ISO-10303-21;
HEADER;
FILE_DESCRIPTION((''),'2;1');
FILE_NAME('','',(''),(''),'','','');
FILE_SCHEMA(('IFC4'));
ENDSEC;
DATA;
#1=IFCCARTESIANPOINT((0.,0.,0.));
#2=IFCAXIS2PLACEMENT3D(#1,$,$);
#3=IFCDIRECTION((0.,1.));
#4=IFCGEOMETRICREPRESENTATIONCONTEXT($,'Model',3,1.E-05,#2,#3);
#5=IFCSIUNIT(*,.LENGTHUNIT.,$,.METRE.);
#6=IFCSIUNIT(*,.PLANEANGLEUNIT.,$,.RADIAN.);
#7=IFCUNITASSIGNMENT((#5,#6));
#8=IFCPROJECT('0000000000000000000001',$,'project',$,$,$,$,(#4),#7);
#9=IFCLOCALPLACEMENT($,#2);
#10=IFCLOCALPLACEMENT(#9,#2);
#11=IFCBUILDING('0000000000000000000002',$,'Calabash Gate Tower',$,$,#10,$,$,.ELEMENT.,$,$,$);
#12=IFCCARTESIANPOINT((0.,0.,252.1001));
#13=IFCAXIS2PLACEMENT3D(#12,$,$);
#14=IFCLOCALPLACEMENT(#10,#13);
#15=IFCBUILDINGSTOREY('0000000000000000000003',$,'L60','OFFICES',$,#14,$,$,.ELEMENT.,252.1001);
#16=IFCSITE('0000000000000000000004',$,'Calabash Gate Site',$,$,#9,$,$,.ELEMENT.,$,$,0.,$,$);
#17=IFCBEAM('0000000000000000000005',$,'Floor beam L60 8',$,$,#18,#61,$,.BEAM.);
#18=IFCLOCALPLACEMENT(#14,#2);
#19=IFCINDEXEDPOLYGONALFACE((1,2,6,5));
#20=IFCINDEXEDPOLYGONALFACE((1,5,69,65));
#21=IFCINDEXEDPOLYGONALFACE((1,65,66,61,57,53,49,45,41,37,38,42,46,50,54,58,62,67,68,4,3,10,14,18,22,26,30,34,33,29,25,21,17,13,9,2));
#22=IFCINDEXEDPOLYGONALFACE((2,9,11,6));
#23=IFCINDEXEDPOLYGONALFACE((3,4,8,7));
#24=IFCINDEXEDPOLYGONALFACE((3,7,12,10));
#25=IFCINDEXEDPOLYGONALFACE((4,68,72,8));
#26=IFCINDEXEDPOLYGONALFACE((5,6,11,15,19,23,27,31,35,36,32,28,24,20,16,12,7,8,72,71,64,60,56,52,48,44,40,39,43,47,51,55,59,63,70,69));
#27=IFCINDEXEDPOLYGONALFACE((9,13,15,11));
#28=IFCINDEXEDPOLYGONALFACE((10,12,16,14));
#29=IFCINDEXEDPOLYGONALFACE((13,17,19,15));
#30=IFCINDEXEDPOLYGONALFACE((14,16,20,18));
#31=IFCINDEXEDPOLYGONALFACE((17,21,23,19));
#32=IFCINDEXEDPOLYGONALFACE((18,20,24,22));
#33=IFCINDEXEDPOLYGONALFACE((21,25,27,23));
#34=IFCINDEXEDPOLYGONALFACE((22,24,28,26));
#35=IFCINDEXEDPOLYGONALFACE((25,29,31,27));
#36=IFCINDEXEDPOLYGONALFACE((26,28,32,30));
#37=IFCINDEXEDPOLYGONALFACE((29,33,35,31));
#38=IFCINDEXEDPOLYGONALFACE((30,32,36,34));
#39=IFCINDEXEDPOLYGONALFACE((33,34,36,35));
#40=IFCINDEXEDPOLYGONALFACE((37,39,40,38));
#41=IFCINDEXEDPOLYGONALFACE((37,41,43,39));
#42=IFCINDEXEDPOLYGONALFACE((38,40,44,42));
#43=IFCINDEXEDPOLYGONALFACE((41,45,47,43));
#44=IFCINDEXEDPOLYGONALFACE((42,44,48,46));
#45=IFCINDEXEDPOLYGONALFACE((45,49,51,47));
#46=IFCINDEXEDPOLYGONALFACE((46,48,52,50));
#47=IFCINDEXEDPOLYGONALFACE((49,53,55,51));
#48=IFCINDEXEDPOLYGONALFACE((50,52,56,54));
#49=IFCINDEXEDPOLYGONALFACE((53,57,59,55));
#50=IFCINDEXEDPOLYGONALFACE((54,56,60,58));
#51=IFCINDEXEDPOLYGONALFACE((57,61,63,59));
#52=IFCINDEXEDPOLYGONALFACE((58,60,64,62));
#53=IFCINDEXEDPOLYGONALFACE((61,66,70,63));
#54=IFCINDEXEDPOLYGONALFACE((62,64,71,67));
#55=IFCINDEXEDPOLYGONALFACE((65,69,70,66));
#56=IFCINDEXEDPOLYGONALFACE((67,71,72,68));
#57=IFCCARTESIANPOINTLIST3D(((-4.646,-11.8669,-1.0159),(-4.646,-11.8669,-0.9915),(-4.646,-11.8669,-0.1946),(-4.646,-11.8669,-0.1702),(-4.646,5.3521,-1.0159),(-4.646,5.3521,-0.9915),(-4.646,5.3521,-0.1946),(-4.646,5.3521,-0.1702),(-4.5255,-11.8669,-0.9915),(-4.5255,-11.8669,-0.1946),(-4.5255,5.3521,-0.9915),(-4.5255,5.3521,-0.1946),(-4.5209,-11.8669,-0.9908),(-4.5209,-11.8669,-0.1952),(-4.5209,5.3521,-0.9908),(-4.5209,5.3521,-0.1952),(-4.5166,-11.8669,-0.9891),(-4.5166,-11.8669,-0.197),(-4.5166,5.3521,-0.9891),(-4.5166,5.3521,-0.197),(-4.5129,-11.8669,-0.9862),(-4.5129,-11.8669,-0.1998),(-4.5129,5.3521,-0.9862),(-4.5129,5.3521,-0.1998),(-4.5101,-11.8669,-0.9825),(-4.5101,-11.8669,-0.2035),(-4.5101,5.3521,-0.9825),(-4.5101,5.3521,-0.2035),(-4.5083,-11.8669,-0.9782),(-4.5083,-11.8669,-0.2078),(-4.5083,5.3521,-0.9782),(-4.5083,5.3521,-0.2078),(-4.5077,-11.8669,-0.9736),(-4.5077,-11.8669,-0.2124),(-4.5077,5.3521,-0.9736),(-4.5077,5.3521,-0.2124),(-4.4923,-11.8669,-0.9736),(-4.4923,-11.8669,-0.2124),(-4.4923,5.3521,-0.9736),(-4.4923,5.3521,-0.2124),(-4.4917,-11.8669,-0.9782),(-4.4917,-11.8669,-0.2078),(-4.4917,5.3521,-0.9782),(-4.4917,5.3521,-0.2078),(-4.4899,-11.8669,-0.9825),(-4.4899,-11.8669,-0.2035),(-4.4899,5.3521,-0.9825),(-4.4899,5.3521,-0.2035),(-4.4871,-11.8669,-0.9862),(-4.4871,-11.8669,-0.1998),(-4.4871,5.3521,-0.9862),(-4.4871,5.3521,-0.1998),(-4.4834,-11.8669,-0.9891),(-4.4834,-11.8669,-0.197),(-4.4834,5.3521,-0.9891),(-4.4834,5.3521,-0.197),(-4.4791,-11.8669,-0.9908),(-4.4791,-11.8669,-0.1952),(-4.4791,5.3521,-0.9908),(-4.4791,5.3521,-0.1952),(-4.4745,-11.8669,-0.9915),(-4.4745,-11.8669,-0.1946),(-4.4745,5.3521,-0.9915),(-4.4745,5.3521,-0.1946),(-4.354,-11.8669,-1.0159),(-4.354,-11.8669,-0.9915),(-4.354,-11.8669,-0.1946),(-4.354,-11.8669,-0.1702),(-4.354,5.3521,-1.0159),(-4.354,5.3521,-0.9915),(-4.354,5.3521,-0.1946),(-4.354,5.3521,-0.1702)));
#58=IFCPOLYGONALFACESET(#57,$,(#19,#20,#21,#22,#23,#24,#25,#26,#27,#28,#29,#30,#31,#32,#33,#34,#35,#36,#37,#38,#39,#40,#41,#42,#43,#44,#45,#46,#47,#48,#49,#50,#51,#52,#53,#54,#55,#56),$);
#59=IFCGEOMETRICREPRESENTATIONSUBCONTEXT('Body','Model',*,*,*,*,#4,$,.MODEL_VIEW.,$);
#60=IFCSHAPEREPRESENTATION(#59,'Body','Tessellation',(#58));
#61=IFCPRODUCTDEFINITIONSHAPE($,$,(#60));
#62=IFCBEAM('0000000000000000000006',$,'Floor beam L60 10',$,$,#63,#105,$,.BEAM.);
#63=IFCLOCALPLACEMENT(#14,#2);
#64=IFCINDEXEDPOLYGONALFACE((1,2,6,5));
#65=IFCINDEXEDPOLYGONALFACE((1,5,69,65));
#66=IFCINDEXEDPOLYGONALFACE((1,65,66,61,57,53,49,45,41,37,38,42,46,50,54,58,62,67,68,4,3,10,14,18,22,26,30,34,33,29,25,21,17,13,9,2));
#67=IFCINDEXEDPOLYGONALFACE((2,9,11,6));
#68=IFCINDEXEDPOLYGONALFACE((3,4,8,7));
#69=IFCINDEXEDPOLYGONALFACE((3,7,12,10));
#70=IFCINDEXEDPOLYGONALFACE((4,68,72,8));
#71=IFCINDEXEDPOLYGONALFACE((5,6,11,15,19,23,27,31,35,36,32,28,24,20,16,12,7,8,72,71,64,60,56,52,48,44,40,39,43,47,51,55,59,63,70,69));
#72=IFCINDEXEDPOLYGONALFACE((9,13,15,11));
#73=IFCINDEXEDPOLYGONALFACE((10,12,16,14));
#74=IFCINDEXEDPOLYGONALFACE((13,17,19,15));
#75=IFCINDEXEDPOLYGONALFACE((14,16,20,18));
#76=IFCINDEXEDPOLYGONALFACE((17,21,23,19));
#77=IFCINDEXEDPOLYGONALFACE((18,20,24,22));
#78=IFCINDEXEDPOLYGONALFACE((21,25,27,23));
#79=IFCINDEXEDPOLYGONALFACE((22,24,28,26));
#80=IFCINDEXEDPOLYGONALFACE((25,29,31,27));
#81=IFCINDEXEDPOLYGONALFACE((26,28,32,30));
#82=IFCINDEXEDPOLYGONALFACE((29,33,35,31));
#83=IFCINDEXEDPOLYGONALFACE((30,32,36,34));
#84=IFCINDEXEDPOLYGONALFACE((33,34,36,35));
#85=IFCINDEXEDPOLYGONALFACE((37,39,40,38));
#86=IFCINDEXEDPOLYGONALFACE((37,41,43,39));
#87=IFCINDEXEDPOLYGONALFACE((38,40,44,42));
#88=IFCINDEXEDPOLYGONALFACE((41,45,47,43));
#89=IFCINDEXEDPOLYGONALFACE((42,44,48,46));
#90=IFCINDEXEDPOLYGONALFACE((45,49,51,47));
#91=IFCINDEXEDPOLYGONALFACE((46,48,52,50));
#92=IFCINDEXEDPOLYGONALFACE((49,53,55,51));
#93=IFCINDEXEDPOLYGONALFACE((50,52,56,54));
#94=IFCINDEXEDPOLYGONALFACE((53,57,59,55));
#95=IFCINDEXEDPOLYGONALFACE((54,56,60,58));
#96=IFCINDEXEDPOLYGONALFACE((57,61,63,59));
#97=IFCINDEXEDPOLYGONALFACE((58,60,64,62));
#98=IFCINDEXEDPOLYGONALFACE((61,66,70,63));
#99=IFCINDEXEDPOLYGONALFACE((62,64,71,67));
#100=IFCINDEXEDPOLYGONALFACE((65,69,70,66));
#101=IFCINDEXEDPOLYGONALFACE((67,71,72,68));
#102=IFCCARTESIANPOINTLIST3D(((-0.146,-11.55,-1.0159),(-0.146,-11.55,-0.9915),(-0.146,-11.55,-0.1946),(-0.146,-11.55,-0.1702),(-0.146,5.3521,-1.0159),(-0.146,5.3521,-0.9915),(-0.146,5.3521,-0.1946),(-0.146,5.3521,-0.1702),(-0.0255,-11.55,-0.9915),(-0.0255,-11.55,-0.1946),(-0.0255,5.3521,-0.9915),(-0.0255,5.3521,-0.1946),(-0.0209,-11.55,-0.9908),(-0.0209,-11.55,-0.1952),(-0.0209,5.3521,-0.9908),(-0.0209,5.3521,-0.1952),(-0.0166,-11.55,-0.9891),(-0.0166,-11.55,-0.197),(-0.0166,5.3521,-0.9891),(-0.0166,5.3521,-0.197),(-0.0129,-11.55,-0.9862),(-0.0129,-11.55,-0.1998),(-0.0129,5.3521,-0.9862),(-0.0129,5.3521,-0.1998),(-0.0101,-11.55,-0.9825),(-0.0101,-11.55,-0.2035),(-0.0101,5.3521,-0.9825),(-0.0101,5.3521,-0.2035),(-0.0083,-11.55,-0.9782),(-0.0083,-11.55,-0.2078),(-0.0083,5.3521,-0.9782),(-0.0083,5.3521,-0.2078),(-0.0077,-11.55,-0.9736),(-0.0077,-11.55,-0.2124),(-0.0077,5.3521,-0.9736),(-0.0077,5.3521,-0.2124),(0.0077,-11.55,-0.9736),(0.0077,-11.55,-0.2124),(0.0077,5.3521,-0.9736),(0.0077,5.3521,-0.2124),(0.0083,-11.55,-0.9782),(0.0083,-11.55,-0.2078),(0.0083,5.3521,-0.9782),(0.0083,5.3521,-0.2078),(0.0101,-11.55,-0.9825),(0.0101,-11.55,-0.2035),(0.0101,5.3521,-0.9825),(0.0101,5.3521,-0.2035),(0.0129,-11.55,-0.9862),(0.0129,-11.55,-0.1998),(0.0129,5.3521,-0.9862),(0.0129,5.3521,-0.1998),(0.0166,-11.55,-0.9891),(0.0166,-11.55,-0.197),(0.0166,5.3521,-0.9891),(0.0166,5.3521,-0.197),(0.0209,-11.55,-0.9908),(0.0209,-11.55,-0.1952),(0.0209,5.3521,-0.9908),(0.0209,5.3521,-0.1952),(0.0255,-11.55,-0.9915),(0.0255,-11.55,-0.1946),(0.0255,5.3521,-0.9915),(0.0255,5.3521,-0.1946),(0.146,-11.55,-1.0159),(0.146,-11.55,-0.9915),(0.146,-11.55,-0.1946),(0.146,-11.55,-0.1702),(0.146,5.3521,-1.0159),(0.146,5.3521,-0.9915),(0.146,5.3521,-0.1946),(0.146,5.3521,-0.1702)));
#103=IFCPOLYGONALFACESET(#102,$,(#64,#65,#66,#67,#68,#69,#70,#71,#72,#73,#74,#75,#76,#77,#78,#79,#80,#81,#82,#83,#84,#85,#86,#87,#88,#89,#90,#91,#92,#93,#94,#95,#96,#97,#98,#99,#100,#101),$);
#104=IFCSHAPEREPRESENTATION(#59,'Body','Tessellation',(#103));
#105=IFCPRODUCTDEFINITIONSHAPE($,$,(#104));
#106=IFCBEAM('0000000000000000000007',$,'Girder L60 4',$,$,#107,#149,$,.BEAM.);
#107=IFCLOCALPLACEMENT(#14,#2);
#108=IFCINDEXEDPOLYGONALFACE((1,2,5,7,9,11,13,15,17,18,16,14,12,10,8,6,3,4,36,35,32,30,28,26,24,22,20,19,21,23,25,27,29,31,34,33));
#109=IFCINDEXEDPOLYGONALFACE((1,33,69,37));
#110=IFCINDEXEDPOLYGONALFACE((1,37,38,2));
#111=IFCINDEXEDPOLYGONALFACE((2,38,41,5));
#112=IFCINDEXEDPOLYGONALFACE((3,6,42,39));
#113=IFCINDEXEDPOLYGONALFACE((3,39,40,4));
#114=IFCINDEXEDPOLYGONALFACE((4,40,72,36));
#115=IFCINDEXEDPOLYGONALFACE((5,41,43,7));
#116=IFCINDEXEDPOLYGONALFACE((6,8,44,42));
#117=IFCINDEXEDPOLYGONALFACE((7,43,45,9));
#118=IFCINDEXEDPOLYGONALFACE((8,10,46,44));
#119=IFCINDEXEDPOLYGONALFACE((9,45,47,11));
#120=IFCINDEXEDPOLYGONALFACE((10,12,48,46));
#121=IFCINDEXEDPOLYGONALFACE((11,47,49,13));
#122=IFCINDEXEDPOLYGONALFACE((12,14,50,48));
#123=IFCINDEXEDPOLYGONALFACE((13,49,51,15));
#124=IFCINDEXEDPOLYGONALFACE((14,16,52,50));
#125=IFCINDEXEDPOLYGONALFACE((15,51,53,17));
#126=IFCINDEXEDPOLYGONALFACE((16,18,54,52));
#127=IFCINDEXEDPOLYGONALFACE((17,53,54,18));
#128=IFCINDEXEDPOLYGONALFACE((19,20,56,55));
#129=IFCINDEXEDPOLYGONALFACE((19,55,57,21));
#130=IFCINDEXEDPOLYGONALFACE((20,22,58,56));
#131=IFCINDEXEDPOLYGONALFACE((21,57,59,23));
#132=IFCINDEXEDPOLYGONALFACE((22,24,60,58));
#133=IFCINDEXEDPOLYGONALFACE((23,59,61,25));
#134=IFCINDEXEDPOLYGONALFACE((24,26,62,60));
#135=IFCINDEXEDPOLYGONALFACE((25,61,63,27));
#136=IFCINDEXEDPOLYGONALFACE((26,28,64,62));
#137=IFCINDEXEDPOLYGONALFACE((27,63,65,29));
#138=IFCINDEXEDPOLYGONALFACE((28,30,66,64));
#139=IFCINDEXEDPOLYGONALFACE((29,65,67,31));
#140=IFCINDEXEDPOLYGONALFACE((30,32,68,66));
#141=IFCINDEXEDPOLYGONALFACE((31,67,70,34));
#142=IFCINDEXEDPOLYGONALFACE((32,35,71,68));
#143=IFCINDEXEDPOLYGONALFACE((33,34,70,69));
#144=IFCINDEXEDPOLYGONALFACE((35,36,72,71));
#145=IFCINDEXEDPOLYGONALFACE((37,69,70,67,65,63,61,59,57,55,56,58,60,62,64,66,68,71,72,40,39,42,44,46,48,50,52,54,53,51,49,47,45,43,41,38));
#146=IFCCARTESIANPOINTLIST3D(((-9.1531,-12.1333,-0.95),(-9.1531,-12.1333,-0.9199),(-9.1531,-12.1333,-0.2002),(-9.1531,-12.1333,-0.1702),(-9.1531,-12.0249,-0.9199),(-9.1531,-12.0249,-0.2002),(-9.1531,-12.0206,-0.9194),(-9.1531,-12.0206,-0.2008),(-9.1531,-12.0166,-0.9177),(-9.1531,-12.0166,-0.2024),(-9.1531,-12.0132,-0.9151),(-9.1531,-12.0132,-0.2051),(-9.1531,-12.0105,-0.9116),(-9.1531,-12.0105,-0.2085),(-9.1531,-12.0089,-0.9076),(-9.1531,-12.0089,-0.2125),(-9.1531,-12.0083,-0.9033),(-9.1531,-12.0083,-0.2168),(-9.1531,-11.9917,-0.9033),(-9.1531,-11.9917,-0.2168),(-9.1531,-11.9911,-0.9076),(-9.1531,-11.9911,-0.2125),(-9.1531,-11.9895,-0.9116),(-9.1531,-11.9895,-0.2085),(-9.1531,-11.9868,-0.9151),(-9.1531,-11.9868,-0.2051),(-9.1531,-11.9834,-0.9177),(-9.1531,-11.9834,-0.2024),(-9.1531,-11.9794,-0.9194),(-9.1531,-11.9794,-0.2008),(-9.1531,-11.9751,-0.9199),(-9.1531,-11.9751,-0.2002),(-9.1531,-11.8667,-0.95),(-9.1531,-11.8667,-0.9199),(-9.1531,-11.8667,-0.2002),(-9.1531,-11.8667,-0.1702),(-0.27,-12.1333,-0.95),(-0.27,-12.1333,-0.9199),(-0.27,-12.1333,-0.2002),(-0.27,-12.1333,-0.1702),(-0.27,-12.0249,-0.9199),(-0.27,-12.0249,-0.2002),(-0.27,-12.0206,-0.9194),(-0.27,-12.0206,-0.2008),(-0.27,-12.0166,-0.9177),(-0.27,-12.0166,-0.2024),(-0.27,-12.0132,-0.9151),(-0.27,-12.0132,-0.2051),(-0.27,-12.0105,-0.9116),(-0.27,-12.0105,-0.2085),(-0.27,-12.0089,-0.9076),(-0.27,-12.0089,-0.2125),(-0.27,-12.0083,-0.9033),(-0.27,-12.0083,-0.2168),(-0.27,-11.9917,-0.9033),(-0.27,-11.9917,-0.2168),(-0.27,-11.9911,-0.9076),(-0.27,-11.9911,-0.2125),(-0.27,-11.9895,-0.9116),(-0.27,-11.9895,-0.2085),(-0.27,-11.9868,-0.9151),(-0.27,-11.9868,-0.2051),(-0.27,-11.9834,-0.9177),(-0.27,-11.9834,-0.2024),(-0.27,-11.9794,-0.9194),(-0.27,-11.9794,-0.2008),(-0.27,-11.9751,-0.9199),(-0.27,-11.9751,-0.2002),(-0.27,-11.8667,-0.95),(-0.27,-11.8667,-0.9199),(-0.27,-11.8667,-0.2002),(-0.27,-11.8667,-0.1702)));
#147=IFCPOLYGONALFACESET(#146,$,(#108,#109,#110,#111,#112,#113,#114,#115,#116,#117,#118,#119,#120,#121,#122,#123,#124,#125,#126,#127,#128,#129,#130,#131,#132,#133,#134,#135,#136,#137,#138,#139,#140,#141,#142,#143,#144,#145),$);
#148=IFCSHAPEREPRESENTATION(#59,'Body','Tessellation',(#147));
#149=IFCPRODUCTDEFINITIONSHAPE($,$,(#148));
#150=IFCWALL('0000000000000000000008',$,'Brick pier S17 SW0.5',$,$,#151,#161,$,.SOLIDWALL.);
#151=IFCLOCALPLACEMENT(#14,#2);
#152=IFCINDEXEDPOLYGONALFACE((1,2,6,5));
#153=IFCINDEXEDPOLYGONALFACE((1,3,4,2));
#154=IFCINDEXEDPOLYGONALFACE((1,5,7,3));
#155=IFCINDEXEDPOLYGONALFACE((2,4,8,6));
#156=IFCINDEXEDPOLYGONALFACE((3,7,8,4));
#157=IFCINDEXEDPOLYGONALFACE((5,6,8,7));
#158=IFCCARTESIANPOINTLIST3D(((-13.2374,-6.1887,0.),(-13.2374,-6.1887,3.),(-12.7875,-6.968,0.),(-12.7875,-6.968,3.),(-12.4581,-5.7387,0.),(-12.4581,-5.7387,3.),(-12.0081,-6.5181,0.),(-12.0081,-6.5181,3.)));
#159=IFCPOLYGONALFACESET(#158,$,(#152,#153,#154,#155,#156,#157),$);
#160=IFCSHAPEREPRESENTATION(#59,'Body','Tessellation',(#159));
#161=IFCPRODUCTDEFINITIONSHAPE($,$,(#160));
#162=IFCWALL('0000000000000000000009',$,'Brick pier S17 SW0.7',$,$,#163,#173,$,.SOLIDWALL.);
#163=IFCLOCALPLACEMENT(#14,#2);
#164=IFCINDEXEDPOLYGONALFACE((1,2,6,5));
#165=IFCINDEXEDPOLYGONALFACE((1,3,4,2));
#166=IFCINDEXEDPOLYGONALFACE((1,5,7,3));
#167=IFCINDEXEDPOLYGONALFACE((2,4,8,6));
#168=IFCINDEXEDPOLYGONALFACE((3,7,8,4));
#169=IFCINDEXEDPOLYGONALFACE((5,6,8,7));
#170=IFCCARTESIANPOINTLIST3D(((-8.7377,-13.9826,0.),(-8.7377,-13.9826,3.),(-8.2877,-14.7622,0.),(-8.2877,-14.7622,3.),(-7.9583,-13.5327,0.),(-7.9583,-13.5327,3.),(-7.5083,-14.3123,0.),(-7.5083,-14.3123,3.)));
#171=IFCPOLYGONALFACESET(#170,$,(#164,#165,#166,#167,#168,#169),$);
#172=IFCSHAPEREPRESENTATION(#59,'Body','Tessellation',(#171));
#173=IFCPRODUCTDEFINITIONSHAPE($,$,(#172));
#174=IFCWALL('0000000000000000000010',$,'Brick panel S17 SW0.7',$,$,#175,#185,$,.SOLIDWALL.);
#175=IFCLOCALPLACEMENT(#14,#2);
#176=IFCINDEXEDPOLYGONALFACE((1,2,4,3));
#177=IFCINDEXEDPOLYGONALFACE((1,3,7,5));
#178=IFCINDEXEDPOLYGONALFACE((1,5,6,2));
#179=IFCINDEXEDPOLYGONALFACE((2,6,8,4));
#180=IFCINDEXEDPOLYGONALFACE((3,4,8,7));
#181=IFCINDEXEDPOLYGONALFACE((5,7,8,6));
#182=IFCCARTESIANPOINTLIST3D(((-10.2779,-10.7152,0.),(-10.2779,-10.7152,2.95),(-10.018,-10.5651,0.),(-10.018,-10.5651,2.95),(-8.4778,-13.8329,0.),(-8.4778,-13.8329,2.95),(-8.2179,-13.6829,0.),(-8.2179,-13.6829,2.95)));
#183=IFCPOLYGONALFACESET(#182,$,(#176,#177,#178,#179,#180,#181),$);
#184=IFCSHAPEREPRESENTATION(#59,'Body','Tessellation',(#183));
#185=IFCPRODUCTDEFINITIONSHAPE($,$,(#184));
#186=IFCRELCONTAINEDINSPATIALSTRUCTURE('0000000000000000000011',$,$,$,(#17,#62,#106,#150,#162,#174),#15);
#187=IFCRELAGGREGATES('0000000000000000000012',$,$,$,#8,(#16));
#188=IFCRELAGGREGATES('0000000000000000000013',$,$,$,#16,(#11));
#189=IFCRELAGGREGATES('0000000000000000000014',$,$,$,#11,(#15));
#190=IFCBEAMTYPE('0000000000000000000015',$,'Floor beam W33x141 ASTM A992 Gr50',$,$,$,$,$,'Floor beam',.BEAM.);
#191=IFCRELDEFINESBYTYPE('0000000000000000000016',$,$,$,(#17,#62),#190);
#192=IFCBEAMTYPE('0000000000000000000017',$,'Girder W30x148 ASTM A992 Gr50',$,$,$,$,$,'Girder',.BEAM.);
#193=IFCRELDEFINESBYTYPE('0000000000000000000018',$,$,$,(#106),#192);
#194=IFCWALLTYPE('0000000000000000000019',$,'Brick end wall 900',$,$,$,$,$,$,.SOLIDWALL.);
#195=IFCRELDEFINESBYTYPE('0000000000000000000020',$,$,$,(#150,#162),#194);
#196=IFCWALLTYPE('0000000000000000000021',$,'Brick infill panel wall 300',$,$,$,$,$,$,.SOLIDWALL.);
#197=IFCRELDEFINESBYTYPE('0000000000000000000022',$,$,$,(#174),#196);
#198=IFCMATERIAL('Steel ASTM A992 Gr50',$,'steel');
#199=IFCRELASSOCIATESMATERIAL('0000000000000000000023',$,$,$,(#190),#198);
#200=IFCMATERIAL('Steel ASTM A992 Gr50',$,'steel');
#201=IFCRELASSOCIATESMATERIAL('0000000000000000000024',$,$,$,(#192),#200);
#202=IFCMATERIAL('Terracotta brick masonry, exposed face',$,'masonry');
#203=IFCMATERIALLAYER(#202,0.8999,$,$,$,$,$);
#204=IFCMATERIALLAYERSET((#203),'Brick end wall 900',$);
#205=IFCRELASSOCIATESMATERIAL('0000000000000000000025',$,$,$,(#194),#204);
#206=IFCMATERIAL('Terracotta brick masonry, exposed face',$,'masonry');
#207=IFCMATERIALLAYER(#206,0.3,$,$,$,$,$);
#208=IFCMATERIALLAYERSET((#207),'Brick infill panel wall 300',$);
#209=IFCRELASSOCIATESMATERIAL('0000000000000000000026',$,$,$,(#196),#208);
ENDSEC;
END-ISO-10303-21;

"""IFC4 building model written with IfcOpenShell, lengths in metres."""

from ifc_helpers import new_model, si_unit, direction, frame, frame_2d, origin, origin_2d, place, context, subcontext, project, spatial, rectangle, i_section, extrude, material, layer, layer_set, material_profile, profile_set, type_object, element, save


model = new_model("IFC4")

# Units and contexts
model_context = context("Model", 3, precision=1e-05, world=origin(), true_north=direction((0.0, 1.0)))
body_context = subcontext(model_context, "Body", "Model", "MODEL_VIEW")
ifc_project = project(units=[si_unit("LENGTHUNIT", "METRE"), si_unit("PLANEANGLEUNIT", "RADIAN")], contexts=[model_context])

# Site, building, storey
site_placement = place(None, origin())
site = spatial("IfcSite", under=ifc_project, at=site_placement, Name="Calabash Gate Site", CompositionType="ELEMENT", RefElevation=0.0)
building_placement = place(site_placement, origin())
building = spatial("IfcBuilding", under=site, at=building_placement, Name="Calabash Gate Tower", CompositionType="ELEMENT")
storey_placement = place(building_placement, frame((0.0, 0.0, 252.1001)))
storey = spatial("IfcBuildingStorey", under=building, at=storey_placement, Name="L60", Description="OFFICES", CompositionType="ELEMENT", Elevation=252.1001)

# Beams
ifc_material_1 = material(Name="Steel ASTM A992 Gr50", Category="steel")
ifc_material_profile_1 = material_profile(ifc_material_1, i_section(OverallWidth=0.292, OverallDepth=0.8457, WebThickness=0.0154, FlangeThickness=0.0244, FilletRadius=0.0178, at=origin_2d()))
ifc_profile_set_1 = profile_set([ifc_material_profile_1], Name="Steel ASTM A992 Gr50")
beam_type_1 = type_object("IfcBeamType", Name="Floor beam W33x141 ASTM A992 Gr50", ElementType="Floor beam", PredefinedType="BEAM", material=ifc_profile_set_1)
beam_1_placement = place(storey_placement, frame((-4.5, -11.8669, -0.593), z_axis=(0.0, 1.0, 0.0), x_axis=(-1.0, 0.0, 0.0)))
element("IfcBeam", 1, at=beam_1_placement, inside=storey, type_object=beam_type_1, Name="Floor beam L60 8", PredefinedType="BEAM", context=body_context, shape_type="SweptSolid", body=[
    extrude(i_section(OverallWidth=0.292, OverallDepth=0.8457, WebThickness=0.0154, FlangeThickness=0.0244, FilletRadius=0.0178, at=origin_2d()), origin(), (0.0, 0.0, 1.0), 17.219),
])
beam_2_placement = place(storey_placement, frame((0.0, -11.55, -0.593), z_axis=(0.0, 1.0, 0.0), x_axis=(-1.0, 0.0, 0.0)))
element("IfcBeam", 2, at=beam_2_placement, inside=storey, type_object=beam_type_1, Name="Floor beam L60 10", PredefinedType="BEAM", context=body_context, shape_type="SweptSolid", body=[
    extrude(i_section(OverallWidth=0.292, OverallDepth=0.8457, WebThickness=0.0154, FlangeThickness=0.0244, FilletRadius=0.0178, at=origin_2d()), origin(), (0.0, 0.0, 1.0), 16.9021),
])
ifc_material_2 = material(Name="Steel ASTM A992 Gr50", Category="steel")
ifc_material_profile_2 = material_profile(ifc_material_2, i_section(OverallWidth=0.2666, OverallDepth=0.7798, WebThickness=0.0166, FlangeThickness=0.03, FilletRadius=0.0166, at=origin_2d()))
ifc_profile_set_2 = profile_set([ifc_material_profile_2], Name="Steel ASTM A992 Gr50")
beam_type_2 = type_object("IfcBeamType", Name="Girder W30x148 ASTM A992 Gr50", ElementType="Girder", PredefinedType="BEAM", material=ifc_profile_set_2)
beam_3_placement = place(storey_placement, frame((-9.1531, -12.0, -0.5601), z_axis=(1.0, 0.0, 0.0), x_axis=(0.0, 1.0, 0.0)))
element("IfcBeam", 3, at=beam_3_placement, inside=storey, type_object=beam_type_2, Name="Girder L60 4", PredefinedType="BEAM", context=body_context, shape_type="SweptSolid", body=[
    extrude(i_section(OverallWidth=0.2666, OverallDepth=0.7798, WebThickness=0.0166, FlangeThickness=0.03, FilletRadius=0.0166, at=origin_2d()), origin(), (0.0, 0.0, 1.0), 8.8831),
])

# Walls
ifc_material_3 = material(Name="Terracotta brick masonry, exposed face", Category="masonry")
ifc_layer_1 = layer(ifc_material_3, 0.8999)
ifc_layer_set_1 = layer_set([ifc_layer_1], Name="Brick end wall 900")
wall_type_1 = type_object("IfcWallType", Name="Brick end wall 900", PredefinedType="SOLIDWALL", material=ifc_layer_set_1)
wall_1_placement = place(storey_placement, frame((-13.0125, -6.5784, 0.0), z_axis=(0.0, 0.0, 1.0), x_axis=(0.866014, 0.50002, 0.0)))
element("IfcWall", 4, at=wall_1_placement, inside=storey, type_object=wall_type_1, Name="Brick pier S17 SW0.5", PredefinedType="SOLIDWALL", context=body_context, shape_type="SweptSolid", body=[
    extrude(rectangle(XDim=0.8999, YDim=0.8999, at=frame_2d((0.45, 0.0))), origin(), (0.0, 0.0, 1.0), 3.0),
])
wall_2_placement = place(storey_placement, frame((-7.8979, -14.5374, 0.0), z_axis=(0.0, 0.0, 1.0), x_axis=(-0.499902, 0.866082, 0.0)))
element("IfcWall", 5, at=wall_2_placement, inside=storey, type_object=wall_type_1, Name="Brick pier S17 SW0.7", PredefinedType="SOLIDWALL", context=body_context, shape_type="SweptSolid", body=[
    extrude(rectangle(XDim=0.9001, YDim=0.8999, at=frame_2d((0.4502, 0.0))), origin(), (0.0, 0.0, 1.0), 3.0),
])
ifc_material_4 = material(Name="Terracotta brick masonry, exposed face", Category="masonry")
ifc_layer_2 = layer(ifc_material_4, 0.3)
ifc_layer_set_2 = layer_set([ifc_layer_2], Name="Brick infill panel wall 300")
wall_type_2 = type_object("IfcWallType", Name="Brick infill panel wall 300", PredefinedType="SOLIDWALL", material=ifc_layer_set_2)
wall_3_placement = place(storey_placement, frame((-10.1479, -10.6401, 0.0), z_axis=(0.0, 0.0, 1.0), x_axis=(0.500012, -0.866018, 0.0)))
element("IfcWall", 6, at=wall_3_placement, inside=storey, type_object=wall_type_2, Name="Brick panel S17 SW0.7", PredefinedType="SOLIDWALL", context=body_context, shape_type="SweptSolid", body=[
    extrude(rectangle(XDim=3.6001, YDim=0.3, at=frame_2d((1.8, 0.0))), origin(), (0.0, 0.0, 1.0), 2.95),
])

save(model, "model.ifc")
